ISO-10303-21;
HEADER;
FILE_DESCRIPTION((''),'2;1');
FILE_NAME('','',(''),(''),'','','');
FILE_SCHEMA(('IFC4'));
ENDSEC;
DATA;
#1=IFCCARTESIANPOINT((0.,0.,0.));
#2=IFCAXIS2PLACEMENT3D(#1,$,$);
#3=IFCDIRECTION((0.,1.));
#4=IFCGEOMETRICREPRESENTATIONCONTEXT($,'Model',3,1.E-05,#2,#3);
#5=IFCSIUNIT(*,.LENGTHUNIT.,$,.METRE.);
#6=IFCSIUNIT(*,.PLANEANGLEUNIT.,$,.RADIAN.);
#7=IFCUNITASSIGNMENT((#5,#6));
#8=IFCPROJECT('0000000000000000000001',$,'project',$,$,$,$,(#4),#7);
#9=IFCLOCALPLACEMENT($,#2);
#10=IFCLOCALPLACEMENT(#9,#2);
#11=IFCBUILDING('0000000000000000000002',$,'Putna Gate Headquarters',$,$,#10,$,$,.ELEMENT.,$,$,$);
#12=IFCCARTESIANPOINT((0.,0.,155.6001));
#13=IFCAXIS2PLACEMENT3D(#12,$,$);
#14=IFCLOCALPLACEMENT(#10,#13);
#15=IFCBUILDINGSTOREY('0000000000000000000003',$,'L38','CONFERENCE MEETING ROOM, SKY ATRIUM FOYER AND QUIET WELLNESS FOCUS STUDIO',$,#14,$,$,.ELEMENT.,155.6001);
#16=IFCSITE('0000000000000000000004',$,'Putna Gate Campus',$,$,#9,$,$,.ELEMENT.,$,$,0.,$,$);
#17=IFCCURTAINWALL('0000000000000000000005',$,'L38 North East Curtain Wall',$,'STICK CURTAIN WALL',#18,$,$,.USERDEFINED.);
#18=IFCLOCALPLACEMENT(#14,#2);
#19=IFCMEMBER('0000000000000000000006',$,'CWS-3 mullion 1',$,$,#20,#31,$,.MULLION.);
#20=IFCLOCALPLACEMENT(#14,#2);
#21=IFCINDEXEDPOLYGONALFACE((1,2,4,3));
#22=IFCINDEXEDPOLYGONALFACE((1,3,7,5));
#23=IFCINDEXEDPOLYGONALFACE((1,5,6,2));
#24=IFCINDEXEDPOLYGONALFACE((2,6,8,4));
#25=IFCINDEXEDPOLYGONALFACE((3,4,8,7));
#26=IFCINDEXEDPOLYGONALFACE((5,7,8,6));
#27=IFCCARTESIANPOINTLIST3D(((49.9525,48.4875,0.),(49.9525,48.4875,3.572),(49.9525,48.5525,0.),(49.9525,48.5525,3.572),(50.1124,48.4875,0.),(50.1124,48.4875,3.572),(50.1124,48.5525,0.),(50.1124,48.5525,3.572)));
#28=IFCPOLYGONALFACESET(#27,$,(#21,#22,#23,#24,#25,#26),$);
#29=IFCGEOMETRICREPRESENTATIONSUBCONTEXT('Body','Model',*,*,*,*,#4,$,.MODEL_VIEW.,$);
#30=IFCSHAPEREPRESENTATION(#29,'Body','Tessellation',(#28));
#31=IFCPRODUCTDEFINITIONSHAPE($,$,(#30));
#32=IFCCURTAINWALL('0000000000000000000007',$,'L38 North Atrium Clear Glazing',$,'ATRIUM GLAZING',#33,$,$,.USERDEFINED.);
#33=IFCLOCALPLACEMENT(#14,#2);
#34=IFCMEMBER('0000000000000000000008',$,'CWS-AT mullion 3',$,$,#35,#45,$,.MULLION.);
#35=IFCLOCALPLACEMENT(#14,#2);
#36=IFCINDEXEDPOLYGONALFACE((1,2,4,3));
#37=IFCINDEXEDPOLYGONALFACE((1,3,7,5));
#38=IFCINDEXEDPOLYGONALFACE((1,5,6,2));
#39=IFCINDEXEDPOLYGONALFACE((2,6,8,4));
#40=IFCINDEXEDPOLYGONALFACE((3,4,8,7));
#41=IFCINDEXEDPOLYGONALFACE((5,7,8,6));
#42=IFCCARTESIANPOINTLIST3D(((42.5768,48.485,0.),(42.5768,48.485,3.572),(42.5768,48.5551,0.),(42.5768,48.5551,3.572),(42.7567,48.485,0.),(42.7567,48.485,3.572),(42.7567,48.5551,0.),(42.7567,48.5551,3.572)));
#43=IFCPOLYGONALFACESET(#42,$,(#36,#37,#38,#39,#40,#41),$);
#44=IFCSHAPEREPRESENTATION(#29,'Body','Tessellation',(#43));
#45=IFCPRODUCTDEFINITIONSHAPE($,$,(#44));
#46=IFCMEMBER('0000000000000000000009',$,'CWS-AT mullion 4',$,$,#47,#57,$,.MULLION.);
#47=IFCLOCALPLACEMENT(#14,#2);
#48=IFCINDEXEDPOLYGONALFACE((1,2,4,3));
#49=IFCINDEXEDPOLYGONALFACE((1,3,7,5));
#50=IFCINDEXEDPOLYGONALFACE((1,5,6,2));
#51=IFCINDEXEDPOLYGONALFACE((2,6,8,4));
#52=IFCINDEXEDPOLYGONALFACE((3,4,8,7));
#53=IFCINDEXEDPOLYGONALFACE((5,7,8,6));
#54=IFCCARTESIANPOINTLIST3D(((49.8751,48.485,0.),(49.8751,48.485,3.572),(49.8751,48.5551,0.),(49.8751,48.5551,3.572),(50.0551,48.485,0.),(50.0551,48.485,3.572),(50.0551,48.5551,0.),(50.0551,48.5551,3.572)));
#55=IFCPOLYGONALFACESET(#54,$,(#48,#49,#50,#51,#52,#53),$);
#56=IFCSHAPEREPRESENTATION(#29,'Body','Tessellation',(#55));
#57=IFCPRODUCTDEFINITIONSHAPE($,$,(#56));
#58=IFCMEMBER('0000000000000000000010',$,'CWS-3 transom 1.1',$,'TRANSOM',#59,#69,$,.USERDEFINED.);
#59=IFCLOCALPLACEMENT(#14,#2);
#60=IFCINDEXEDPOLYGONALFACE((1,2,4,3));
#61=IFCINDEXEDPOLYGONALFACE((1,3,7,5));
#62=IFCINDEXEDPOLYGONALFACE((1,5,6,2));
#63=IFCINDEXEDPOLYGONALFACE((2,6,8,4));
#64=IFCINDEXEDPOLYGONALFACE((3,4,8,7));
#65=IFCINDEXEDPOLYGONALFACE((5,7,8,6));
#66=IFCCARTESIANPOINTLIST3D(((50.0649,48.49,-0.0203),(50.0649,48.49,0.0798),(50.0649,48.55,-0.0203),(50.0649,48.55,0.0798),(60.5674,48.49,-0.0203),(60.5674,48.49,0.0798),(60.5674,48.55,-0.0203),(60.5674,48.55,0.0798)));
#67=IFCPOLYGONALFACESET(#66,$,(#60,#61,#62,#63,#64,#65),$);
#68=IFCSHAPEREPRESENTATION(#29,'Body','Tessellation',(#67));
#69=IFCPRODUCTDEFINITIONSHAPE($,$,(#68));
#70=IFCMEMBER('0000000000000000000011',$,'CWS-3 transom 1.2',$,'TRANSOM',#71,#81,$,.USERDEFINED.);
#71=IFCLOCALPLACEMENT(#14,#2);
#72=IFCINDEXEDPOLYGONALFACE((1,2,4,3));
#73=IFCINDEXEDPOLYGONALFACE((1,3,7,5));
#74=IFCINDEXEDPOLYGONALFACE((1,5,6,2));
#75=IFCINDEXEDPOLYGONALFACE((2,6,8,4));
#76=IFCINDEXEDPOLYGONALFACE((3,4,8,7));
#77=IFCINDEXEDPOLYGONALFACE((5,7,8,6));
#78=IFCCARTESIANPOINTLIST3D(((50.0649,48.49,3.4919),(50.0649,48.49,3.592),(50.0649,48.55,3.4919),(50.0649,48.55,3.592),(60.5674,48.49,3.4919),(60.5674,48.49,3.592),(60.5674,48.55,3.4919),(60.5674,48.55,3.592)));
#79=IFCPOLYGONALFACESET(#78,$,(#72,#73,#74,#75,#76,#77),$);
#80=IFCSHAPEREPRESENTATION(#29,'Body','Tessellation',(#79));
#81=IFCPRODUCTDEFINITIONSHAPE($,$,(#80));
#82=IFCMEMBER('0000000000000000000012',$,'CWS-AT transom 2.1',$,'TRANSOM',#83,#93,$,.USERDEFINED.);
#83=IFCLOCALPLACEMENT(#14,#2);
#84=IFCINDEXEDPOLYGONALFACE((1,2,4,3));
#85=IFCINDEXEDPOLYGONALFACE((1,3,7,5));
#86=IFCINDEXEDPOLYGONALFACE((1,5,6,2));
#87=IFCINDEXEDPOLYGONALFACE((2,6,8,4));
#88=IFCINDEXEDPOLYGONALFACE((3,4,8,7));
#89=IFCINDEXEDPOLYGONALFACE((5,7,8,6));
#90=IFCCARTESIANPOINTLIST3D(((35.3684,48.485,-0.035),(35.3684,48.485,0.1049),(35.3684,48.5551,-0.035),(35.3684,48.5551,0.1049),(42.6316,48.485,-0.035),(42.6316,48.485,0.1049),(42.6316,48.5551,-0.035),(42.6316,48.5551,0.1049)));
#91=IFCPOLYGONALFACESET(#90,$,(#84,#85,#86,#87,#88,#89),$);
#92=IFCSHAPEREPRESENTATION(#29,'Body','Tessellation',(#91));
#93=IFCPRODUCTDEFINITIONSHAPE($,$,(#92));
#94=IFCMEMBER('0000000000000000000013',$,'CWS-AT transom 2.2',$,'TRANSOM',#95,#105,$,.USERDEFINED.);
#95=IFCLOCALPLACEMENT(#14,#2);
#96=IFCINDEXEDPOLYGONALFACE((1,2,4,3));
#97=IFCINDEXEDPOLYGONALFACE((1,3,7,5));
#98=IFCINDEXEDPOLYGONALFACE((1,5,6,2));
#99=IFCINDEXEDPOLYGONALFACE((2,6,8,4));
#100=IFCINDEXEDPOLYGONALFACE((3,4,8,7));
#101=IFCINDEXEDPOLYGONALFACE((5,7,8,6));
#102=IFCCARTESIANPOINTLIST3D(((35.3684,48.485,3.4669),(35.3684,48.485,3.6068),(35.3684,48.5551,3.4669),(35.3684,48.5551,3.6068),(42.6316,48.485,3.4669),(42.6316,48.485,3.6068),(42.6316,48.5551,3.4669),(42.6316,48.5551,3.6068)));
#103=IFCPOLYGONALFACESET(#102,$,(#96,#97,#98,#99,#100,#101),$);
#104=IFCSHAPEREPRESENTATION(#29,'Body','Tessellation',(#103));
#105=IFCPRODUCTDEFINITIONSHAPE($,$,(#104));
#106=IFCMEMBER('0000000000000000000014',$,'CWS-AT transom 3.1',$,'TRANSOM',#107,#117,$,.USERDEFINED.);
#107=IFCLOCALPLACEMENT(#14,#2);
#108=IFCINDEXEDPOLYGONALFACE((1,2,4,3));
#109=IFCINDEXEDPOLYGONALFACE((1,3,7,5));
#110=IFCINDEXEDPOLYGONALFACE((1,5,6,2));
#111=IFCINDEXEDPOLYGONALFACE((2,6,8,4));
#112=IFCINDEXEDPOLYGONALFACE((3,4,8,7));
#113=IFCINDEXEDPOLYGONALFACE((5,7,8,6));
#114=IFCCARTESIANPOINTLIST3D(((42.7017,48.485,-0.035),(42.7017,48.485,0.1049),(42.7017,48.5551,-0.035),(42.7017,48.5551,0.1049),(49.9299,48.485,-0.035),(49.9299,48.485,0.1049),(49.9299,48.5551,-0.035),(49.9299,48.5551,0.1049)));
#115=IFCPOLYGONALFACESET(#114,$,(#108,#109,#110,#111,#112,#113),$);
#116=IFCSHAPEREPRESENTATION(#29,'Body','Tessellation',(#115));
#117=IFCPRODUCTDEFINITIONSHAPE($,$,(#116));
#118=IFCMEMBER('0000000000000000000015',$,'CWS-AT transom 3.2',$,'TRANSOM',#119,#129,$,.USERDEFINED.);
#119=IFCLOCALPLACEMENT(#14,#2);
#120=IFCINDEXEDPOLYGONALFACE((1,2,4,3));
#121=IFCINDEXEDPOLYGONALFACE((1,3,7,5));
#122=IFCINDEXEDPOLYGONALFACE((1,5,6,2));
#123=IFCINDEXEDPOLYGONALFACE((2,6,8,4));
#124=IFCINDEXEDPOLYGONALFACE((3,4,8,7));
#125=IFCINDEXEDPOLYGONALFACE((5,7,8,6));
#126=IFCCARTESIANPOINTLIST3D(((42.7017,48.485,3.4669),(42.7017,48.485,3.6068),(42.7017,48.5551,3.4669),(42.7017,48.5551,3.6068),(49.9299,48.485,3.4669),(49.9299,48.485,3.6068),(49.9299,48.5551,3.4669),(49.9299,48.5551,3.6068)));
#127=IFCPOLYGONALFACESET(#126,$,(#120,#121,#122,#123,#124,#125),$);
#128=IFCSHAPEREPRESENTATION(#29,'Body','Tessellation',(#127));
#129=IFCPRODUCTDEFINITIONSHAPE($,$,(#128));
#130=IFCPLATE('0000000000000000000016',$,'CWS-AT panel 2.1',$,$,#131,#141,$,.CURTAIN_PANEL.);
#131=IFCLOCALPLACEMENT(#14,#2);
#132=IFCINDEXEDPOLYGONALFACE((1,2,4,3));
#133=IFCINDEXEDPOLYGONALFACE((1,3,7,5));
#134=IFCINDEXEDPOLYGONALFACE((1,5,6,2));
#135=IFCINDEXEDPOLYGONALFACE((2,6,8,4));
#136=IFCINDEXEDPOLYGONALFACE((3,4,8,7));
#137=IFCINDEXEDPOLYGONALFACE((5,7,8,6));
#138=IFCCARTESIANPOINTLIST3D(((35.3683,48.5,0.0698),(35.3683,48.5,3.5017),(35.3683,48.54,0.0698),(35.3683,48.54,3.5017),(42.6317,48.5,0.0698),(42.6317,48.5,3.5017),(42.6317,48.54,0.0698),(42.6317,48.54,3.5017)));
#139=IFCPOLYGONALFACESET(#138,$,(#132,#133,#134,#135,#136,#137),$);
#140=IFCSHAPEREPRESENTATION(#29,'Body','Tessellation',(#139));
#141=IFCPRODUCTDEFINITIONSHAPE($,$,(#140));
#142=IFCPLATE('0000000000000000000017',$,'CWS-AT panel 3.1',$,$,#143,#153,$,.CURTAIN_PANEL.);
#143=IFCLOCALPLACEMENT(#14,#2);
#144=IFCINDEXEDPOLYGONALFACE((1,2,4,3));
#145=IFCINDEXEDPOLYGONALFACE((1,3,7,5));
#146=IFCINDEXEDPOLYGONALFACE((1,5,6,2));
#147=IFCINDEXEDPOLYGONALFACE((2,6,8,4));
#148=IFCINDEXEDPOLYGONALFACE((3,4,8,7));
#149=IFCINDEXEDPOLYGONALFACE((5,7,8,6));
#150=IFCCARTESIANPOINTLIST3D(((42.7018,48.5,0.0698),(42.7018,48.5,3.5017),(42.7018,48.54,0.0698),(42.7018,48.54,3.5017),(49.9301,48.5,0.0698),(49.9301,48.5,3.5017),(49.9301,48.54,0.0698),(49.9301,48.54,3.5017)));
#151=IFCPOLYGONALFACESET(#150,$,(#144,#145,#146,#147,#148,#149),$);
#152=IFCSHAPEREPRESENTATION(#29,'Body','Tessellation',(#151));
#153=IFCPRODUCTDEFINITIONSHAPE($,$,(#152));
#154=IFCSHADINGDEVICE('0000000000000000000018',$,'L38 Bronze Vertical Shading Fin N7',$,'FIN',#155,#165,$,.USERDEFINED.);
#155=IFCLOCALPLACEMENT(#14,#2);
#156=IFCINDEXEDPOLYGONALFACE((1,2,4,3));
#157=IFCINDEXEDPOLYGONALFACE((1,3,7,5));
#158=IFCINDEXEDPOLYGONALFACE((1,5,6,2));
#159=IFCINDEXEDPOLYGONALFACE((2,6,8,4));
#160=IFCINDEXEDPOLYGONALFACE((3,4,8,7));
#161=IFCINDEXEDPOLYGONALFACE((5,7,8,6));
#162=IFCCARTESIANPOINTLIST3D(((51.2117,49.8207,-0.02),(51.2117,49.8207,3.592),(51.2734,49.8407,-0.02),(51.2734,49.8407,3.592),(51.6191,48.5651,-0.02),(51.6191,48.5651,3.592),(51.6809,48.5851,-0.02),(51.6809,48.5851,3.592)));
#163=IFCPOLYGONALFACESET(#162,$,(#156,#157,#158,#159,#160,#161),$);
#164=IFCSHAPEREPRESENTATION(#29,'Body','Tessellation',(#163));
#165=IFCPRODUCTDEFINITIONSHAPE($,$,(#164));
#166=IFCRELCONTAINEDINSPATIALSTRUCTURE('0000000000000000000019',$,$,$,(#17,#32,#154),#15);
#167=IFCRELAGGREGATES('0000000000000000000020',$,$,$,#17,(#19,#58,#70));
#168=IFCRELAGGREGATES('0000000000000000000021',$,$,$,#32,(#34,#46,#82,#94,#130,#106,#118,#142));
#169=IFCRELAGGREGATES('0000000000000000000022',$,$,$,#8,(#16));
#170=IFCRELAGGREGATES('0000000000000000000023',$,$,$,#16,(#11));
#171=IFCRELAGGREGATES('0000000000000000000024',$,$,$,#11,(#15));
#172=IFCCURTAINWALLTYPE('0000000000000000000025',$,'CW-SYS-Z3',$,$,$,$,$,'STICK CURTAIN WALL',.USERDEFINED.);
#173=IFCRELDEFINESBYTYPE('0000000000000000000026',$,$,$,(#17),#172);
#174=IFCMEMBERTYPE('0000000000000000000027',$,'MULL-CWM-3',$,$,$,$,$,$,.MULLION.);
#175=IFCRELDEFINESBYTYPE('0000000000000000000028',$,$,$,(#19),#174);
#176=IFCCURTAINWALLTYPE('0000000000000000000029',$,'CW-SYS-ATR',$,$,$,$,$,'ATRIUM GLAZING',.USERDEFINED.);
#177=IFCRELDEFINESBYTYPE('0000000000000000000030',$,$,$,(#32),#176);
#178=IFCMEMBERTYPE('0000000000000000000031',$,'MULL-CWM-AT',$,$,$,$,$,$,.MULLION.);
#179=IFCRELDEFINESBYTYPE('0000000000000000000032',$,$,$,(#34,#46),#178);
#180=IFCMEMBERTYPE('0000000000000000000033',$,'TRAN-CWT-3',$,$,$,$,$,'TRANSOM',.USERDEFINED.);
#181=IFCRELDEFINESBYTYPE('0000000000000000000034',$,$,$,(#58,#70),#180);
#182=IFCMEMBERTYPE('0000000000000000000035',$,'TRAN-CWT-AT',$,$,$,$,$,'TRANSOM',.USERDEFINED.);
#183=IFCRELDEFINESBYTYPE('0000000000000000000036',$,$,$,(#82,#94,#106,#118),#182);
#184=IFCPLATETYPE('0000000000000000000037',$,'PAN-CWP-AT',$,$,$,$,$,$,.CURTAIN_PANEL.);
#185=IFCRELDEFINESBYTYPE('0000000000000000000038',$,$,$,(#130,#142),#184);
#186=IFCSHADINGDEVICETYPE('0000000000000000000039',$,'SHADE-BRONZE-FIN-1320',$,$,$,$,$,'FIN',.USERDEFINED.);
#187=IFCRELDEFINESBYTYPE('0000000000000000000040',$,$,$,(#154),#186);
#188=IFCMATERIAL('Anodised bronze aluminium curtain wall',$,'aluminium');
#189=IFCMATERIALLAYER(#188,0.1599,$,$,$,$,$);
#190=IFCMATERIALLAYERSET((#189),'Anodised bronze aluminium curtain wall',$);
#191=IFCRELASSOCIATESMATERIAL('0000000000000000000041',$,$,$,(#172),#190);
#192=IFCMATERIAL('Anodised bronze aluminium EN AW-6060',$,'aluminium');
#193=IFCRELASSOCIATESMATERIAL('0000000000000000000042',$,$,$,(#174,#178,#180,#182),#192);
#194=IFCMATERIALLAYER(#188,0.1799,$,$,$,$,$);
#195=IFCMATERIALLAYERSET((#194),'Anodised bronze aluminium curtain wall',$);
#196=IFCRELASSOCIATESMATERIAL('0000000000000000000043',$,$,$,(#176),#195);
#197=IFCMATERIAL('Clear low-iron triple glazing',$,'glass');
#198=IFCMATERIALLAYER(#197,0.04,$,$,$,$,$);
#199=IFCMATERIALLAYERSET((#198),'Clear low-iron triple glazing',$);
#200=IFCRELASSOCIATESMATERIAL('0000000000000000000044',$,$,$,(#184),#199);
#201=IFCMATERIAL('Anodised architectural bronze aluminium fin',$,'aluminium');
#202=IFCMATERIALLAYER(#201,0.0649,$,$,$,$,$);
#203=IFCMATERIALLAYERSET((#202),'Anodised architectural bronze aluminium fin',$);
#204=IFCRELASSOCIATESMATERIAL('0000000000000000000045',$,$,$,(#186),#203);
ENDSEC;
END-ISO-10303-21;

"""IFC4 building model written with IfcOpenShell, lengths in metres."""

from ifc_helpers import new_model, si_unit, direction, frame, origin, origin_2d, place, context, subcontext, project, spatial, rectangle, extrude, material, layer, layer_set, material_profile, profile_set, type_object, element, aggregate, save


model = new_model("IFC4")

# Units and contexts
model_context = context("Model", 3, precision=1e-05, world=origin(), true_north=direction((0.0, 1.0)))
body_context = subcontext(model_context, "Body", "Model", "MODEL_VIEW")
ifc_project = project(units=[si_unit("LENGTHUNIT", "METRE"), si_unit("PLANEANGLEUNIT", "RADIAN")], contexts=[model_context])

# Site, building, storey
site_placement = place(None, origin())
site = spatial("IfcSite", under=ifc_project, at=site_placement, Name="Putna Gate Campus", CompositionType="ELEMENT", RefElevation=0.0)
building_placement = place(site_placement, origin())
building = spatial("IfcBuilding", under=site, at=building_placement, Name="Putna Gate Headquarters", CompositionType="ELEMENT")
storey_placement = place(building_placement, frame((0.0, 0.0, 155.6001)))
storey = spatial("IfcBuildingStorey", under=building, at=storey_placement, Name="L38", Description="CONFERENCE MEETING ROOM, SKY ATRIUM FOYER AND QUIET WELLNESS FOCUS STUDIO", CompositionType="ELEMENT", Elevation=155.6001)

# Curtain wall, member
ifc_material_1 = material(Name="Anodised bronze aluminium curtain wall", Category="aluminium")
ifc_layer_1 = layer(ifc_material_1, 0.1599)
ifc_layer_set_1 = layer_set([ifc_layer_1], Name="Anodised bronze aluminium curtain wall")
curtain_wall_type_1 = type_object("IfcCurtainWallType", Name="CW-SYS-Z3", ElementType="STICK CURTAIN WALL", PredefinedType="USERDEFINED", material=ifc_layer_set_1)
curtain_wall_1_placement = place(storey_placement, origin())
curtain_wall_1 = element("IfcCurtainWall", 1, at=curtain_wall_1_placement, inside=storey, type_object=curtain_wall_type_1, Name="L38 North East Curtain Wall", ObjectType="STICK CURTAIN WALL", PredefinedType="USERDEFINED")
ifc_material_2 = material(Name="Anodised bronze aluminium EN AW-6060", Category="aluminium")
ifc_material_profile_1 = material_profile(ifc_material_2, rectangle(XDim=0.0649, YDim=0.1599, at=origin_2d()), Name="Anodised bronze aluminium EN AW-6060")
ifc_profile_set_1 = profile_set([ifc_material_profile_1], Name="Anodised bronze aluminium EN AW-6060")
member_type_1 = type_object("IfcMemberType", Name="MULL-CWM-3", PredefinedType="MULLION", material=ifc_profile_set_1)
member_1_placement = place(storey_placement, frame((50.0325, 48.52, 0.0), z_axis=(0.0, 0.0, 1.0), x_axis=(0.0, 1.0, 0.0)))
member_1 = element("IfcMember", 2, at=member_1_placement, type_object=member_type_1, Name="CWS-3 mullion 1", PredefinedType="MULLION", context=body_context, shape_type="SweptSolid", body=[
    extrude(rectangle(XDim=0.0649, YDim=0.1599, at=origin_2d()), origin(), (0.0, 0.0, 1.0), 3.572),
])

# Curtain wall, members
ifc_layer_2 = layer(ifc_material_1, 0.1799)
ifc_layer_set_2 = layer_set([ifc_layer_2], Name="Anodised bronze aluminium curtain wall")
curtain_wall_type_2 = type_object("IfcCurtainWallType", Name="CW-SYS-ATR", ElementType="ATRIUM GLAZING", PredefinedType="USERDEFINED", material=ifc_layer_set_2)
curtain_wall_2_placement = place(storey_placement, origin())
curtain_wall_2 = element("IfcCurtainWall", 3, at=curtain_wall_2_placement, inside=storey, type_object=curtain_wall_type_2, Name="L38 North Atrium Clear Glazing", ObjectType="ATRIUM GLAZING", PredefinedType="USERDEFINED")
ifc_material_profile_2 = material_profile(ifc_material_2, rectangle(XDim=0.0701, YDim=0.1799, at=origin_2d()), Name="Anodised bronze aluminium EN AW-6060")
ifc_profile_set_2 = profile_set([ifc_material_profile_2], Name="Anodised bronze aluminium EN AW-6060")
member_type_2 = type_object("IfcMemberType", Name="MULL-CWM-AT", PredefinedType="MULLION", material=ifc_profile_set_2)
member_2_placement = place(storey_placement, frame((42.6667, 48.52, 0.0), z_axis=(0.0, 0.0, 1.0), x_axis=(0.0, 1.0, 0.0)))
member_2 = element("IfcMember", 4, at=member_2_placement, type_object=member_type_2, Name="CWS-AT mullion 3", PredefinedType="MULLION", context=body_context, shape_type="SweptSolid", body=[
    extrude(rectangle(XDim=0.0701, YDim=0.1799, at=origin_2d()), origin(), (0.0, 0.0, 1.0), 3.572),
])
member_3_placement = place(storey_placement, frame((49.9651, 48.52, 0.0), z_axis=(0.0, 0.0, 1.0), x_axis=(0.0, 1.0, 0.0)))
member_3 = element("IfcMember", 5, at=member_3_placement, type_object=member_type_2, Name="CWS-AT mullion 4", PredefinedType="MULLION", context=body_context, shape_type="SweptSolid", body=[
    extrude(rectangle(XDim=0.0701, YDim=0.1799, at=origin_2d()), origin(), (0.0, 0.0, 1.0), 3.572),
])

# Members
ifc_material_profile_3 = material_profile(ifc_material_2, rectangle(XDim=0.0601, YDim=0.1001, at=origin_2d()), Name="Anodised bronze aluminium EN AW-6060")
ifc_profile_set_3 = profile_set([ifc_material_profile_3], Name="Anodised bronze aluminium EN AW-6060")
member_type_3 = type_object("IfcMemberType", Name="TRAN-CWT-3", ElementType="TRANSOM", PredefinedType="USERDEFINED", material=ifc_profile_set_3)
member_4_placement = place(storey_placement, frame((50.0649, 48.52, 0.0298), z_axis=(1.0, 0.0, 0.0), x_axis=(0.0, 1.0, 0.0)))
member_4 = element("IfcMember", 6, at=member_4_placement, type_object=member_type_3, Name="CWS-3 transom 1.1", ObjectType="TRANSOM", PredefinedType="USERDEFINED", context=body_context, shape_type="SweptSolid", body=[
    extrude(rectangle(XDim=0.0601, YDim=0.1001, at=origin_2d()), origin(), (0.0, 0.0, 1.0), 10.5024),
])
member_5_placement = place(storey_placement, frame((50.0649, 48.52, 3.542), z_axis=(1.0, 0.0, 0.0), x_axis=(0.0, 1.0, 0.0)))
member_5 = element("IfcMember", 7, at=member_5_placement, type_object=member_type_3, Name="CWS-3 transom 1.2", ObjectType="TRANSOM", PredefinedType="USERDEFINED", context=body_context, shape_type="SweptSolid", body=[
    extrude(rectangle(XDim=0.0601, YDim=0.1001, at=origin_2d()), origin(), (0.0, 0.0, 1.0), 10.5024),
])
aggregate(curtain_wall_1, [member_1, member_4, member_5])
ifc_material_profile_4 = material_profile(ifc_material_2, rectangle(XDim=0.0701, YDim=0.1399, at=origin_2d()), Name="Anodised bronze aluminium EN AW-6060")
ifc_profile_set_4 = profile_set([ifc_material_profile_4], Name="Anodised bronze aluminium EN AW-6060")
member_type_4 = type_object("IfcMemberType", Name="TRAN-CWT-AT", ElementType="TRANSOM", PredefinedType="USERDEFINED", material=ifc_profile_set_4)
member_6_placement = place(storey_placement, frame((35.3684, 48.52, 0.0349), z_axis=(1.0, 0.0, 0.0), x_axis=(0.0, 1.0, 0.0)))
member_6 = element("IfcMember", 8, at=member_6_placement, type_object=member_type_4, Name="CWS-AT transom 2.1", ObjectType="TRANSOM", PredefinedType="USERDEFINED", context=body_context, shape_type="SweptSolid", body=[
    extrude(rectangle(XDim=0.0701, YDim=0.1399, at=origin_2d()), origin(), (0.0, 0.0, 1.0), 7.2632),
])
member_7_placement = place(storey_placement, frame((35.3684, 48.52, 3.5369), z_axis=(1.0, 0.0, 0.0), x_axis=(0.0, 1.0, 0.0)))
member_7 = element("IfcMember", 9, at=member_7_placement, type_object=member_type_4, Name="CWS-AT transom 2.2", ObjectType="TRANSOM", PredefinedType="USERDEFINED", context=body_context, shape_type="SweptSolid", body=[
    extrude(rectangle(XDim=0.0701, YDim=0.1399, at=origin_2d()), origin(), (0.0, 0.0, 1.0), 7.2632),
])
member_8_placement = place(storey_placement, frame((42.7017, 48.52, 0.0349), z_axis=(1.0, 0.0, 0.0), x_axis=(0.0, 1.0, 0.0)))
member_8 = element("IfcMember", 10, at=member_8_placement, type_object=member_type_4, Name="CWS-AT transom 3.1", ObjectType="TRANSOM", PredefinedType="USERDEFINED", context=body_context, shape_type="SweptSolid", body=[
    extrude(rectangle(XDim=0.0701, YDim=0.1399, at=origin_2d()), origin(), (0.0, 0.0, 1.0), 7.2283),
])
member_9_placement = place(storey_placement, frame((42.7017, 48.52, 3.5369), z_axis=(1.0, 0.0, 0.0), x_axis=(0.0, 1.0, 0.0)))
member_9 = element("IfcMember", 11, at=member_9_placement, type_object=member_type_4, Name="CWS-AT transom 3.2", ObjectType="TRANSOM", PredefinedType="USERDEFINED", context=body_context, shape_type="SweptSolid", body=[
    extrude(rectangle(XDim=0.0701, YDim=0.1399, at=origin_2d()), origin(), (0.0, 0.0, 1.0), 7.2283),
])

# Plates
ifc_material_3 = material(Name="Clear low-iron triple glazing", Category="glass")
ifc_layer_3 = layer(ifc_material_3, 0.04)
ifc_layer_set_3 = layer_set([ifc_layer_3], Name="Clear low-iron triple glazing")
plate_type = type_object("IfcPlateType", Name="PAN-CWP-AT", PredefinedType="CURTAIN_PANEL", material=ifc_layer_set_3)
plate_1_placement = place(storey_placement, frame((39.0, 48.52, 0.0698), z_axis=(0.0, 0.0, 1.0), x_axis=(1.0, 0.0, 0.0)))
plate_1 = element("IfcPlate", 12, at=plate_1_placement, type_object=plate_type, Name="CWS-AT panel 2.1", PredefinedType="CURTAIN_PANEL", context=body_context, shape_type="SweptSolid", body=[
    extrude(rectangle(XDim=7.2634, YDim=0.04, at=origin_2d()), origin(), (0.0, 0.0, 1.0), 3.4319),
])
plate_2_placement = place(storey_placement, frame((46.3159, 48.52, 0.0698), z_axis=(0.0, 0.0, 1.0), x_axis=(1.0, 0.0, 0.0)))
plate_2 = element("IfcPlate", 13, at=plate_2_placement, type_object=plate_type, Name="CWS-AT panel 3.1", PredefinedType="CURTAIN_PANEL", context=body_context, shape_type="SweptSolid", body=[
    extrude(rectangle(XDim=7.2283, YDim=0.04, at=origin_2d()), origin(), (0.0, 0.0, 1.0), 3.4319),
])
aggregate(curtain_wall_2, [member_2, member_3, member_6, member_7, plate_1, member_8, member_9, plate_2])

# Shading device
ifc_material_4 = material(Name="Anodised architectural bronze aluminium fin", Category="aluminium")
ifc_layer_4 = layer(ifc_material_4, 0.0649)
ifc_layer_set_4 = layer_set([ifc_layer_4], Name="Anodised architectural bronze aluminium fin")
shading_device_type = type_object("IfcShadingDeviceType", Name="SHADE-BRONZE-FIN-1320", ElementType="FIN", PredefinedType="USERDEFINED", material=ifc_layer_set_4)
shading_device_placement = place(storey_placement, frame((51.4463, 49.2029, -0.02), z_axis=(0.0, 0.0, 1.0), x_axis=(-0.308685, 0.951164, 0.0)))
element("IfcShadingDevice", 14, at=shading_device_placement, inside=storey, type_object=shading_device_type, Name="L38 Bronze Vertical Shading Fin N7", ObjectType="FIN", PredefinedType="USERDEFINED", context=body_context, shape_type="SweptSolid", body=[
    extrude(rectangle(XDim=1.3201, YDim=0.0649, at=origin_2d()), origin(), (0.0, 0.0, 1.0), 3.6121),
])

save(model, "model.ifc")
